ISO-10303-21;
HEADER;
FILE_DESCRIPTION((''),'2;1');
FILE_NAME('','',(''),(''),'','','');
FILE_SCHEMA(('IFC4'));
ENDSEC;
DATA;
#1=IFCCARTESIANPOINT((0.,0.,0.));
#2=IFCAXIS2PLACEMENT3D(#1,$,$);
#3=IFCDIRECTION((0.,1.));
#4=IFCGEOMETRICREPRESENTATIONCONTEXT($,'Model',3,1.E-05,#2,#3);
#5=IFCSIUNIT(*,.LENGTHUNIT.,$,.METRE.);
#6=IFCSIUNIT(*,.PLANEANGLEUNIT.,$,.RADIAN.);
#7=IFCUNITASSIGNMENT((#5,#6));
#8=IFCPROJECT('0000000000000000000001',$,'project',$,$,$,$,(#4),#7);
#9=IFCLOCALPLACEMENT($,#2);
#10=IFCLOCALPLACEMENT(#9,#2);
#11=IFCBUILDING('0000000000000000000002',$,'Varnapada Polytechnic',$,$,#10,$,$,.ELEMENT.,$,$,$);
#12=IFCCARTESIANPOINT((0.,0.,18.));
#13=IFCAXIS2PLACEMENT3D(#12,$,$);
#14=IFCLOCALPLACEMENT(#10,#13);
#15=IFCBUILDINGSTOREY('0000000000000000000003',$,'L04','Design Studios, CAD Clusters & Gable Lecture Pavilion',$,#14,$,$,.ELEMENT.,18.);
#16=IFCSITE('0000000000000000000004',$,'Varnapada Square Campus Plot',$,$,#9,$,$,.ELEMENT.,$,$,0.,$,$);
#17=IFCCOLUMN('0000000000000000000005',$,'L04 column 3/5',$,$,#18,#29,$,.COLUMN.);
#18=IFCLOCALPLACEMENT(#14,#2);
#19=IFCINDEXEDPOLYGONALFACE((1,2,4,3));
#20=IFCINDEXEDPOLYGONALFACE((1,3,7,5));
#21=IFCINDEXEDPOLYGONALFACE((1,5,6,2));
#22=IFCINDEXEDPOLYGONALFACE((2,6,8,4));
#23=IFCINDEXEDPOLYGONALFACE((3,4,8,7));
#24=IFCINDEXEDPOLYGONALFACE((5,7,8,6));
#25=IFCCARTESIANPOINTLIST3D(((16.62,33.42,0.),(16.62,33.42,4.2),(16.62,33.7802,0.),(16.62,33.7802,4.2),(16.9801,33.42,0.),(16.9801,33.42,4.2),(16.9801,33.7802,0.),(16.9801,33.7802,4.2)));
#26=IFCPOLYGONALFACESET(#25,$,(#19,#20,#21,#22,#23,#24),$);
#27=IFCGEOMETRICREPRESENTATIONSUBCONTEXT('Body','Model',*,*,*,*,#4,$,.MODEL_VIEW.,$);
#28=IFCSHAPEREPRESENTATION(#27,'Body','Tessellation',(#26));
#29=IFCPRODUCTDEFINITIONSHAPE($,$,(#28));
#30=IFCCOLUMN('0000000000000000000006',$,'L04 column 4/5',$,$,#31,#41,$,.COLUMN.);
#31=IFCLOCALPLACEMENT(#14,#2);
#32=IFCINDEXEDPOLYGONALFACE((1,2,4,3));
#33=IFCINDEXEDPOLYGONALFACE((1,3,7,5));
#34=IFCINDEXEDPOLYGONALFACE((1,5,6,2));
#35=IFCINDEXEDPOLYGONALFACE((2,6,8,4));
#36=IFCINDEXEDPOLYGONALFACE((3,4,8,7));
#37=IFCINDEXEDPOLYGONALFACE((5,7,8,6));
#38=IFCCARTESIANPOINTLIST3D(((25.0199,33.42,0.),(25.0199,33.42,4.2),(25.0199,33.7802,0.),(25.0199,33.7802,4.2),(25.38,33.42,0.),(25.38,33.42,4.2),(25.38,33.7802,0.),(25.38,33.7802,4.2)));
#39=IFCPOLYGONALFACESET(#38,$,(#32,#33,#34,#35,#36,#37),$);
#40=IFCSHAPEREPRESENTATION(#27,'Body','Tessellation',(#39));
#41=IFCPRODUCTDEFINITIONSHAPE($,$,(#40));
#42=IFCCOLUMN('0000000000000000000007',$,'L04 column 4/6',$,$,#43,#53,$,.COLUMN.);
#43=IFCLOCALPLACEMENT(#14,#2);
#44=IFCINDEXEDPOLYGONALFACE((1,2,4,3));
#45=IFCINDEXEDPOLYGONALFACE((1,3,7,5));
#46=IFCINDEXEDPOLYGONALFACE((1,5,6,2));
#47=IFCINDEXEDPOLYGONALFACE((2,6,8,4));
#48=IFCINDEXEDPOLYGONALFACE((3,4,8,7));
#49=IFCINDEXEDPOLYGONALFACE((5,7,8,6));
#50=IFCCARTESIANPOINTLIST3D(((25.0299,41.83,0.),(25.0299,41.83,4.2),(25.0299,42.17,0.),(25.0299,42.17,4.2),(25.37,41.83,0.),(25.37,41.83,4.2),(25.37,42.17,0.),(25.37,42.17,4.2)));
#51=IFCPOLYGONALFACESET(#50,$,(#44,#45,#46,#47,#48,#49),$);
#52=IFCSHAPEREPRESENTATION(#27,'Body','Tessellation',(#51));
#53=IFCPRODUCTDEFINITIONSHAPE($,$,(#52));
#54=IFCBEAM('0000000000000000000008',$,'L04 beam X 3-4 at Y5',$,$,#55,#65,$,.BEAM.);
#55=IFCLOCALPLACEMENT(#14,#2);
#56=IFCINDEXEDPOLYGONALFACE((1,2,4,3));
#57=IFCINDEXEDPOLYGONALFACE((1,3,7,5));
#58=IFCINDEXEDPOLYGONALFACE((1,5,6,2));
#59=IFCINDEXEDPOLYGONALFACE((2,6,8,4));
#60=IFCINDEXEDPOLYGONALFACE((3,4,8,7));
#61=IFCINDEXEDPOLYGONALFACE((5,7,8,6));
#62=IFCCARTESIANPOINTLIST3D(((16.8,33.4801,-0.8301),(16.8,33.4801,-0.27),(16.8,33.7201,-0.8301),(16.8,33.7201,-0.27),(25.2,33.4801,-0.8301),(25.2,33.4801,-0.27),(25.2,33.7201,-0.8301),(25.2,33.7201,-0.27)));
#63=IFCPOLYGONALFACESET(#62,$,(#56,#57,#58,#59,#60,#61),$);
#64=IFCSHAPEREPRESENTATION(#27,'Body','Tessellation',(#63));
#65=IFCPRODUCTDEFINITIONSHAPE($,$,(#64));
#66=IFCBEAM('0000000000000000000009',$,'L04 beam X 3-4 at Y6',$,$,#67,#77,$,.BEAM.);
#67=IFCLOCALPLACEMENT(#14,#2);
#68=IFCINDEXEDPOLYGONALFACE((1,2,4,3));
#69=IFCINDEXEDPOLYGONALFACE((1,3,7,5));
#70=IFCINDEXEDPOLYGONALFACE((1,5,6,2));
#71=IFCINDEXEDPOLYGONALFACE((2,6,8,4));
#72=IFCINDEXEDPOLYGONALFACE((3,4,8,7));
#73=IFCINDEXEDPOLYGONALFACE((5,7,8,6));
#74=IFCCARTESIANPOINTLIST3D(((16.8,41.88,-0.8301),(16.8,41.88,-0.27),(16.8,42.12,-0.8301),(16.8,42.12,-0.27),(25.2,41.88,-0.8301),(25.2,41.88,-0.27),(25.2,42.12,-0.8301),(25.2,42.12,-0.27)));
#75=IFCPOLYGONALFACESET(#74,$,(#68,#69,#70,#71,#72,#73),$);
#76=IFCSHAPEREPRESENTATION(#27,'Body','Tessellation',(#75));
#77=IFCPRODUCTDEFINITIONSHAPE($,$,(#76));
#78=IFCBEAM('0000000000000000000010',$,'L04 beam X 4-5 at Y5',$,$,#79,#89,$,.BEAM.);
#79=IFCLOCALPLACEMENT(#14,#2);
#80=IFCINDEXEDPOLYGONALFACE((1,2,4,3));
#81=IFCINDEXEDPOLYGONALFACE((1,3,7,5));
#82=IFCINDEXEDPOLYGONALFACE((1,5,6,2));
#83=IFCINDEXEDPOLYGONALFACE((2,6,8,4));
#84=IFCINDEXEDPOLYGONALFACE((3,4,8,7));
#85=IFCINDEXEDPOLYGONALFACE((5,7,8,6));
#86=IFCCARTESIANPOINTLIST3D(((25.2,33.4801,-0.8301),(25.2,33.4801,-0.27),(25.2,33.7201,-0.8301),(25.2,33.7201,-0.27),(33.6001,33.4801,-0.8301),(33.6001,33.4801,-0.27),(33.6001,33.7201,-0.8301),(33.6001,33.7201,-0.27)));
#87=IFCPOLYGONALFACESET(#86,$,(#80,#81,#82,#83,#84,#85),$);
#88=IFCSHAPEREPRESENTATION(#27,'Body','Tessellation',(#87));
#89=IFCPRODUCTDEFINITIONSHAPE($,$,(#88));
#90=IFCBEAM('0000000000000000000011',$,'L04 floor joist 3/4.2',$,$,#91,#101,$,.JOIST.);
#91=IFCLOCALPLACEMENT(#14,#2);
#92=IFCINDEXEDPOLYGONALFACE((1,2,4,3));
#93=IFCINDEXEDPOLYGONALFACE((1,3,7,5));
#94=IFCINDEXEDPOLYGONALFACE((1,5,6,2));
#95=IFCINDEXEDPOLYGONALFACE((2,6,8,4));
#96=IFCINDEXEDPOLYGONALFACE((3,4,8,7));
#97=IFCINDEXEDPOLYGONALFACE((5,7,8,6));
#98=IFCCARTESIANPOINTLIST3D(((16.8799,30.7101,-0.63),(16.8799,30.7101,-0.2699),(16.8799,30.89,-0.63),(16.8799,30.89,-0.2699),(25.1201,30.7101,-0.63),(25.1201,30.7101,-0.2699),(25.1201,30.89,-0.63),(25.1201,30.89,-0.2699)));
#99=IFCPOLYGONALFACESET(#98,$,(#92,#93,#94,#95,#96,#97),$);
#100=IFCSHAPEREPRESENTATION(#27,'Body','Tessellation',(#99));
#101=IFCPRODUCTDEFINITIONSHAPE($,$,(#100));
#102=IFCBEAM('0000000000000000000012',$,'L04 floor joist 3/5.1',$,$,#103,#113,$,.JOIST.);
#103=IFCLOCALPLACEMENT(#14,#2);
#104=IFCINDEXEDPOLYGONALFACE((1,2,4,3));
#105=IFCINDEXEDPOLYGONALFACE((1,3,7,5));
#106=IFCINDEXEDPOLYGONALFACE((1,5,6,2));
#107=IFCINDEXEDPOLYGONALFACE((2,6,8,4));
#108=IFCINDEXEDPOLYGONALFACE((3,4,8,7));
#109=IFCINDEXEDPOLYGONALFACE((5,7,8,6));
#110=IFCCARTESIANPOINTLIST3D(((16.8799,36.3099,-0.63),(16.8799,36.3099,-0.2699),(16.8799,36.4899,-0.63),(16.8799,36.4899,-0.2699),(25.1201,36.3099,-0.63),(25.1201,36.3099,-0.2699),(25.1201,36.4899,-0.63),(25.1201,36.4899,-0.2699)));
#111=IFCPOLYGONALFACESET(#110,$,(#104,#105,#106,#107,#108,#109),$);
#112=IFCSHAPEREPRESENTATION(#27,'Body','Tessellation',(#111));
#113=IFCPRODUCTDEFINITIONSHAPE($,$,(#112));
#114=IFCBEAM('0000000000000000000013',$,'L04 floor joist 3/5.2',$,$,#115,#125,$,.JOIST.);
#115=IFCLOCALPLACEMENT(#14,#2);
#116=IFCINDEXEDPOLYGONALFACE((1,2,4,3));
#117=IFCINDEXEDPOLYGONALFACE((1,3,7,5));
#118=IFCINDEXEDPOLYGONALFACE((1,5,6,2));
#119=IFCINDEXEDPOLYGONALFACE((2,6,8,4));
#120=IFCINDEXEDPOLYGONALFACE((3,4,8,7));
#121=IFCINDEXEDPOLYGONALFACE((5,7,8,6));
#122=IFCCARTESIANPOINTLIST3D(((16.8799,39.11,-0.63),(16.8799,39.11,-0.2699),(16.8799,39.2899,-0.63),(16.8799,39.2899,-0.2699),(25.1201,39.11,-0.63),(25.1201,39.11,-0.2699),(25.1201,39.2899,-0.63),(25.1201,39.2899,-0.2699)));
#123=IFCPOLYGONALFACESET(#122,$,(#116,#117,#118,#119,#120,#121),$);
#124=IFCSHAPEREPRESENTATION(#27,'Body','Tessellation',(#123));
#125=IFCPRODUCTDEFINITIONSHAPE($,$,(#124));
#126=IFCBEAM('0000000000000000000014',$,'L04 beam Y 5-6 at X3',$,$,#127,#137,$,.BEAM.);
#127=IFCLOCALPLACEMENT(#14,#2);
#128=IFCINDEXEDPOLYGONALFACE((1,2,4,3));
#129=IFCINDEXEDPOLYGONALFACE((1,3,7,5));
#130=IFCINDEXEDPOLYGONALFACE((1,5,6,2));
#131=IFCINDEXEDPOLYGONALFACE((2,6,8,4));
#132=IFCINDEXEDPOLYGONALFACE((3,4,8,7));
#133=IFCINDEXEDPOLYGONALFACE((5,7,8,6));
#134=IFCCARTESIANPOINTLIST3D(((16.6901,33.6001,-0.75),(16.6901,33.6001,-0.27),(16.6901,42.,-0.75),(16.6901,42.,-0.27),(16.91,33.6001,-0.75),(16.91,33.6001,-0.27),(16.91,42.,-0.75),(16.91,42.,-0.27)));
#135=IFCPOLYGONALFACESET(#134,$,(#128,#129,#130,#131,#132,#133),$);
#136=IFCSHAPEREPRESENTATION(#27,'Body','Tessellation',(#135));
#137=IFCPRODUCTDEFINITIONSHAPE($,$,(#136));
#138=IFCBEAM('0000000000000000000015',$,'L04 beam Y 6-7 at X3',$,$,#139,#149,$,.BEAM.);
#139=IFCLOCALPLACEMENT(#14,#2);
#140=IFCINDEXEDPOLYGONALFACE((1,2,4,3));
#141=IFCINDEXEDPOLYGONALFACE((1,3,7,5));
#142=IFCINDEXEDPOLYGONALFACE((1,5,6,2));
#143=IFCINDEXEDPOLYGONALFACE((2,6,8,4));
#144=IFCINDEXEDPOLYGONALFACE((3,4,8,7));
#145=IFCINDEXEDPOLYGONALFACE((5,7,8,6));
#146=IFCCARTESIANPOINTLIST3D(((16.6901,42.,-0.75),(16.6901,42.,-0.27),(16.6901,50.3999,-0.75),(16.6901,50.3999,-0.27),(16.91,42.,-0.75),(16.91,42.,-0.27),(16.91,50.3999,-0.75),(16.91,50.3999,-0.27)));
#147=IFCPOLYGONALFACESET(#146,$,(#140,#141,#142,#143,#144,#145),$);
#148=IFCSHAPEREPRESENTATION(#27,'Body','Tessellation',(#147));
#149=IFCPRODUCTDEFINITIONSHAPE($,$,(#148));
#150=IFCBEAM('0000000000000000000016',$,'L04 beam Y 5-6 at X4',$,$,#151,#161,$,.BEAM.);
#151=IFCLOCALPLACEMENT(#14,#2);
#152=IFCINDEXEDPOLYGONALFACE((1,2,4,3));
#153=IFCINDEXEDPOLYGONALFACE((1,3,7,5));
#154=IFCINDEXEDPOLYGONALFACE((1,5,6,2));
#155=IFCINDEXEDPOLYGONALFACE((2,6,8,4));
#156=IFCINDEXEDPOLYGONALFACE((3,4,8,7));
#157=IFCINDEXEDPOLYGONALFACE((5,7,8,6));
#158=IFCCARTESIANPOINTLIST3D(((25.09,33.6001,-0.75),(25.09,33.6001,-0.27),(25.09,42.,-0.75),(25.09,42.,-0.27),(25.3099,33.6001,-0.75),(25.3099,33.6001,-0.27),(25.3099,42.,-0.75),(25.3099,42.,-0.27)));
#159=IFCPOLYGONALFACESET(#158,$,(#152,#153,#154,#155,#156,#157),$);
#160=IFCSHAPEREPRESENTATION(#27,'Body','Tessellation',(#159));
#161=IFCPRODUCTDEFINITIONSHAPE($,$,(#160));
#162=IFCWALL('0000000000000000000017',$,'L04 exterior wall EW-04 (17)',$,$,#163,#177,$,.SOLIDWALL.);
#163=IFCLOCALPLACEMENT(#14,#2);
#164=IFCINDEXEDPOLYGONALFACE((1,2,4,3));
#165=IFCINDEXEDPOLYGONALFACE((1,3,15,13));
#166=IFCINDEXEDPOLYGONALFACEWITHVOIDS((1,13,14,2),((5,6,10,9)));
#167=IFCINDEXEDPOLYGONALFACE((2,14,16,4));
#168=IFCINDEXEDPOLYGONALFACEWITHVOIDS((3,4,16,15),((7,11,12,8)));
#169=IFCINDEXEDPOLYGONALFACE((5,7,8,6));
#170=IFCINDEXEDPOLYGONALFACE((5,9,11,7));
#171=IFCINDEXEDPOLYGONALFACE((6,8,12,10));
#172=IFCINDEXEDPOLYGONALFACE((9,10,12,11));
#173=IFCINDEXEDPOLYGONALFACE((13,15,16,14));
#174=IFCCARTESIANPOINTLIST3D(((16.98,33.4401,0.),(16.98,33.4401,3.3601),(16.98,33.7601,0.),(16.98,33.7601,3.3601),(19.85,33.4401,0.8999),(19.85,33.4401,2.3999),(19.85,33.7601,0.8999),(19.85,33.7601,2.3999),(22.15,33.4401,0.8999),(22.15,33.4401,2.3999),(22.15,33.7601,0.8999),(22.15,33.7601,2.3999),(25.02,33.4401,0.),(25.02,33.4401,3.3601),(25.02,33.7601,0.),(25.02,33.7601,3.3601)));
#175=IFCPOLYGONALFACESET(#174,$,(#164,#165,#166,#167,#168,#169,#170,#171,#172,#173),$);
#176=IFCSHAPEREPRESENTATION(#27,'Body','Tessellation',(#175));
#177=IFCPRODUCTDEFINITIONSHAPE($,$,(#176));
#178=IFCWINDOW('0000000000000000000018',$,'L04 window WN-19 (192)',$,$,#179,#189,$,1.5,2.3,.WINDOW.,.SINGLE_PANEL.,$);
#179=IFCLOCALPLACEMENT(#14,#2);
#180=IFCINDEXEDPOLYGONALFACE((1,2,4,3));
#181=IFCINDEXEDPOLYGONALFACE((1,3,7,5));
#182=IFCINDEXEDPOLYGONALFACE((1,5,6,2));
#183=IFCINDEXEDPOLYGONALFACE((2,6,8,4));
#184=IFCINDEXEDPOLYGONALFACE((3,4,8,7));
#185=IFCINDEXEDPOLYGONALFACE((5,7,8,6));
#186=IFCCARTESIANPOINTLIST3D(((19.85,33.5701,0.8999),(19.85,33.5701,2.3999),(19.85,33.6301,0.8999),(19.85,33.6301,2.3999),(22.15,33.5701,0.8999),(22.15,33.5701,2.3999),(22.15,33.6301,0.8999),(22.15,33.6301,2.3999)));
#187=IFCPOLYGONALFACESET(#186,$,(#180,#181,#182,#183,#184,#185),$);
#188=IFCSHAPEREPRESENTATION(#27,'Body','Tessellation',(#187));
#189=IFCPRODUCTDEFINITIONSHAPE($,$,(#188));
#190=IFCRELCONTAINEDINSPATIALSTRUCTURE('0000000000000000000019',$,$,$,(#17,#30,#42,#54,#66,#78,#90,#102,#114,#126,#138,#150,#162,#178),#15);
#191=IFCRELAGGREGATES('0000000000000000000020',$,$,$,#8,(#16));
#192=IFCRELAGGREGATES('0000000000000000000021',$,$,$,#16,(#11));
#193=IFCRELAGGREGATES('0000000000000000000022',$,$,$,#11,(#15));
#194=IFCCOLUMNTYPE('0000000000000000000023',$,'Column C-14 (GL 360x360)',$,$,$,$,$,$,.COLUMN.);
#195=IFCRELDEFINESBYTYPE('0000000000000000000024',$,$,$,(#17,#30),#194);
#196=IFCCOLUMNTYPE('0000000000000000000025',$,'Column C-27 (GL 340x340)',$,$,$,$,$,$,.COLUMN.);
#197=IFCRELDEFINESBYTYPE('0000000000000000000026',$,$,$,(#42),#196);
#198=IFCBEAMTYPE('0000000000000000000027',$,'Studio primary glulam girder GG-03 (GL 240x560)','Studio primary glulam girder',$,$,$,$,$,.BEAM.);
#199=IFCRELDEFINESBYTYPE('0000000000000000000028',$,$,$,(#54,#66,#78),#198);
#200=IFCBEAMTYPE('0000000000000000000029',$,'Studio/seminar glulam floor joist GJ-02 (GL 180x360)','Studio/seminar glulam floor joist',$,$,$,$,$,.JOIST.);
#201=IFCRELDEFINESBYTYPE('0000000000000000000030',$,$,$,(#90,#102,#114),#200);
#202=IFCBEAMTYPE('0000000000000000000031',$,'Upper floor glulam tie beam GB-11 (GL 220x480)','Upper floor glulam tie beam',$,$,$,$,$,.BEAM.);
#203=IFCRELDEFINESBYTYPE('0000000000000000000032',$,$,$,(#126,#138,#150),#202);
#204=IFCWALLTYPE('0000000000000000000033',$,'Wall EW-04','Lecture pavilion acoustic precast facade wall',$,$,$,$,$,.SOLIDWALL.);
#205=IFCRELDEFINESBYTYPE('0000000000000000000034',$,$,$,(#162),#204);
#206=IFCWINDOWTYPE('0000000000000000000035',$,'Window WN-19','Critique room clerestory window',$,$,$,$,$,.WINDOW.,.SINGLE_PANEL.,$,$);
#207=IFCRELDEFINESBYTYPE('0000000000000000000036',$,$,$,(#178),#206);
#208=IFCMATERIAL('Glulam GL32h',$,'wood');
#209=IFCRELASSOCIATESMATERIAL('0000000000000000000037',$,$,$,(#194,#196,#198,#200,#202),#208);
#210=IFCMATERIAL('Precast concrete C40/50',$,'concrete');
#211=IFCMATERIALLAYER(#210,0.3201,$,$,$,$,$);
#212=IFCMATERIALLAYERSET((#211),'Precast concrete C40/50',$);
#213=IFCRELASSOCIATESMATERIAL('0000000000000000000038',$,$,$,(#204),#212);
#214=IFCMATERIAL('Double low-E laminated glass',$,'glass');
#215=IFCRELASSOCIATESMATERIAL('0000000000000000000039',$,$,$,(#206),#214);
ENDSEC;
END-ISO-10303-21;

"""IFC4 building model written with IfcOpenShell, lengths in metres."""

from ifc_helpers import new_model, si_unit, direction, frame, frame_2d, origin, origin_2d, place, context, subcontext, project, spatial, rectangle, extrude, material, layer, layer_set, material_profile, profile_set, type_object, element, fill, save


model = new_model("IFC4")

# Units and contexts
model_context = context("Model", 3, precision=1e-05, world=origin(), true_north=direction((0.0, 1.0)))
body_context = subcontext(model_context, "Body", "Model", "MODEL_VIEW")
ifc_project = project(units=[si_unit("LENGTHUNIT", "METRE"), si_unit("PLANEANGLEUNIT", "RADIAN")], contexts=[model_context])

# Site, building, storey
site_placement = place(None, origin())
site = spatial("IfcSite", under=ifc_project, at=site_placement, Name="Varnapada Square Campus Plot", CompositionType="ELEMENT", RefElevation=0.0)
building_placement = place(site_placement, origin())
building = spatial("IfcBuilding", under=site, at=building_placement, Name="Varnapada Polytechnic", CompositionType="ELEMENT")
storey_placement = place(building_placement, frame((0.0, 0.0, 18.0)))
storey = spatial("IfcBuildingStorey", under=building, at=storey_placement, Name="L04", Description="Design Studios, CAD Clusters & Gable Lecture Pavilion", CompositionType="ELEMENT", Elevation=18.0)

# Columns
ifc_material_1 = material(Name="Glulam GL32h", Category="wood")
ifc_material_profile_1 = material_profile(ifc_material_1, rectangle(XDim=0.3601, YDim=0.3601, at=origin_2d()), Name="GL 360x360")
ifc_profile_set_1 = profile_set([ifc_material_profile_1], Name="Glulam GL32h")
column_type_1 = type_object("IfcColumnType", Name="Column C-14 (GL 360x360)", PredefinedType="COLUMN", material=ifc_profile_set_1)
for number, where, z_axis, x_axis, name in (
    (1, (16.8, 33.6001, 0.0), (0.0, 0.0, 1.0), (1.0, 0.0, 0.0), "L04 column 3/5"),
    (2, (25.2, 33.6001, 0.0), (0.0, 0.0, 1.0), (1.0, 0.0, 0.0), "L04 column 4/5"),
):
    element("IfcColumn", number, at=place(storey_placement, frame(where, z_axis=z_axis, x_axis=x_axis)), inside=storey, type_object=column_type_1, Name=name, PredefinedType="COLUMN", context=body_context, shape_type="SweptSolid", body=[
        extrude(rectangle(XDim=0.3601, YDim=0.3601, at=origin_2d()), origin(), (0.0, 0.0, 1.0), 4.2),
    ])
ifc_material_profile_2 = material_profile(ifc_material_1, rectangle(XDim=0.3401, YDim=0.3401, at=origin_2d()), Name="GL 340x340")
ifc_profile_set_2 = profile_set([ifc_material_profile_2], Name="Glulam GL32h")
column_type_2 = type_object("IfcColumnType", Name="Column C-27 (GL 340x340)", PredefinedType="COLUMN", material=ifc_profile_set_2)
column_placement = place(storey_placement, frame((25.2, 42.0, 0.0), z_axis=(0.0, 0.0, 1.0), x_axis=(1.0, 0.0, 0.0)))
element("IfcColumn", 3, at=column_placement, inside=storey, type_object=column_type_2, Name="L04 column 4/6", PredefinedType="COLUMN", context=body_context, shape_type="SweptSolid", body=[
    extrude(rectangle(XDim=0.3401, YDim=0.3401, at=origin_2d()), origin(), (0.0, 0.0, 1.0), 4.2),
])

# Beams
ifc_material_profile_3 = material_profile(ifc_material_1, rectangle(XDim=0.24, YDim=0.5601, at=origin_2d()), Name="GL 240x560")
ifc_profile_set_3 = profile_set([ifc_material_profile_3], Name="Glulam GL32h")
beam_type_1 = type_object("IfcBeamType", Name="Studio primary glulam girder GG-03 (GL 240x560)", Description="Studio primary glulam girder", PredefinedType="BEAM", material=ifc_profile_set_3)
for number, where, z_axis, x_axis, name in (
    (4, (16.8, 33.6001, -0.55), (1.0, 0.0, 0.0), (0.0, 1.0, 0.0), "L04 beam X 3-4 at Y5"),
    (5, (16.8, 42.0, -0.55), (1.0, 0.0, 0.0), (0.0, 1.0, 0.0), "L04 beam X 3-4 at Y6"),
):
    element("IfcBeam", number, at=place(storey_placement, frame(where, z_axis=z_axis, x_axis=x_axis)), inside=storey, type_object=beam_type_1, Name=name, PredefinedType="BEAM", context=body_context, shape_type="SweptSolid", body=[
        extrude(rectangle(XDim=0.24, YDim=0.5601, at=origin_2d()), origin(), (0.0, 0.0, 1.0), 8.3999),
    ])
beam_placement = place(storey_placement, frame((25.2, 33.6001, -0.55), z_axis=(1.0, 0.0, 0.0), x_axis=(0.0, 1.0, 0.0)))
element("IfcBeam", 6, at=beam_placement, inside=storey, type_object=beam_type_1, Name="L04 beam X 4-5 at Y5", PredefinedType="BEAM", context=body_context, shape_type="SweptSolid", body=[
    extrude(rectangle(XDim=0.24, YDim=0.5601, at=origin_2d()), origin(), (0.0, 0.0, 1.0), 8.4001),
])
ifc_material_profile_4 = material_profile(ifc_material_1, rectangle(XDim=0.1799, YDim=0.3601, at=origin_2d()), Name="GL 180x360")
ifc_profile_set_4 = profile_set([ifc_material_profile_4], Name="Glulam GL32h")
beam_type_2 = type_object("IfcBeamType", Name="Studio/seminar glulam floor joist GJ-02 (GL 180x360)", Description="Studio/seminar glulam floor joist", PredefinedType="JOIST", material=ifc_profile_set_4)
for number, where, z_axis, x_axis, name in (
    (7, (16.8799, 30.8, -0.45), (1.0, 0.0, 0.0), (0.0, 1.0, 0.0), "L04 floor joist 3/4.2"),
    (8, (16.8799, 36.3999, -0.45), (1.0, 0.0, 0.0), (0.0, 1.0, 0.0), "L04 floor joist 3/5.1"),
    (9, (16.8799, 39.2, -0.45), (1.0, 0.0, 0.0), (0.0, 1.0, 0.0), "L04 floor joist 3/5.2"),
):
    element("IfcBeam", number, at=place(storey_placement, frame(where, z_axis=z_axis, x_axis=x_axis)), inside=storey, type_object=beam_type_2, Name=name, PredefinedType="JOIST", context=body_context, shape_type="SweptSolid", body=[
        extrude(rectangle(XDim=0.1799, YDim=0.3601, at=origin_2d()), origin(), (0.0, 0.0, 1.0), 8.2402),
    ])
ifc_material_profile_5 = material_profile(ifc_material_1, rectangle(XDim=0.22, YDim=0.48, at=origin_2d()), Name="GL 220x480")
ifc_profile_set_5 = profile_set([ifc_material_profile_5], Name="Glulam GL32h")
beam_type_3 = type_object("IfcBeamType", Name="Upper floor glulam tie beam GB-11 (GL 220x480)", Description="Upper floor glulam tie beam", PredefinedType="BEAM", material=ifc_profile_set_5)
for number, where, z_axis, x_axis, name in (
    (10, (16.8, 33.6001, -0.51), (0.0, 1.0, 0.0), (-1.0, 0.0, 0.0), "L04 beam Y 5-6 at X3"),
    (11, (16.8, 42.0, -0.51), (0.0, 1.0, 0.0), (-1.0, 0.0, 0.0), "L04 beam Y 6-7 at X3"),
    (12, (25.2, 33.6001, -0.51), (0.0, 1.0, 0.0), (-1.0, 0.0, 0.0), "L04 beam Y 5-6 at X4"),
):
    element("IfcBeam", number, at=place(storey_placement, frame(where, z_axis=z_axis, x_axis=x_axis)), inside=storey, type_object=beam_type_3, Name=name, PredefinedType="BEAM", context=body_context, shape_type="SweptSolid", body=[
        extrude(rectangle(XDim=0.22, YDim=0.48, at=origin_2d()), origin(), (0.0, 0.0, 1.0), 8.3999),
    ])

# Wall, opening, window
ifc_material_2 = material(Name="Precast concrete C40/50", Category="concrete")
ifc_layer_1 = layer(ifc_material_2, 0.3201)
ifc_layer_set_1 = layer_set([ifc_layer_1], Name="Precast concrete C40/50")
wall_type = type_object("IfcWallType", Name="Wall EW-04", Description="Lecture pavilion acoustic precast facade wall", PredefinedType="SOLIDWALL", material=ifc_layer_set_1)
wall_placement = place(storey_placement, frame((16.98, 33.6001, 0.0), z_axis=(0.0, 0.0, 1.0), x_axis=(1.0, 0.0, 0.0)))
wall = element("IfcWall", 13, at=wall_placement, inside=storey, type_object=wall_type, Name="L04 exterior wall EW-04 (17)", PredefinedType="SOLIDWALL", context=body_context, shape_type="SweptSolid", body=[
    extrude(rectangle(XDim=8.04, YDim=0.3201, at=frame_2d((4.02, 0.0))), origin(), (0.0, 0.0, 1.0), 3.3601),
])
opening_1_placement = place(wall_placement, frame((2.8701, 0.0, 0.8999)))
opening_1 = element("IfcOpeningElement", 14, at=opening_1_placement, cuts=wall, PredefinedType="OPENING", context=body_context, shape_type="SweptSolid", body=[
    extrude(rectangle(XDim=2.3, YDim=1.5, at=frame_2d((1.1499, 0.75))), frame((0.0, 0.1699, 0.0), z_axis=(0.0, -1.0, 0.0), x_axis=(1.0, 0.0, 0.0)), (0.0, 0.0, 1.0), 0.3401),
])
ifc_material_3 = material(Name="Double low-E laminated glass", Category="glass")
window_type = type_object("IfcWindowType", Name="Window WN-19", Description="Critique room clerestory window", PartitioningType="SINGLE_PANEL", PredefinedType="WINDOW", material=ifc_material_3)
window_placement = place(opening_1_placement, origin())
window = element("IfcWindow", 15, at=window_placement, inside=storey, type_object=window_type, Name="L04 window WN-19 (192)", OverallHeight=1.5, OverallWidth=2.3, PartitioningType="SINGLE_PANEL", PredefinedType="WINDOW", context=body_context, shape_type="SweptSolid", body=[
    extrude(rectangle(XDim=2.3, YDim=1.5, at=frame_2d((1.1499, 0.75))), frame((0.0, 0.03, 0.0), z_axis=(0.0, -1.0, 0.0), x_axis=(1.0, 0.0, 0.0)), (0.0, 0.0, 1.0), 0.0601),
])
fill(opening_1, window)

save(model, "model.ifc")
